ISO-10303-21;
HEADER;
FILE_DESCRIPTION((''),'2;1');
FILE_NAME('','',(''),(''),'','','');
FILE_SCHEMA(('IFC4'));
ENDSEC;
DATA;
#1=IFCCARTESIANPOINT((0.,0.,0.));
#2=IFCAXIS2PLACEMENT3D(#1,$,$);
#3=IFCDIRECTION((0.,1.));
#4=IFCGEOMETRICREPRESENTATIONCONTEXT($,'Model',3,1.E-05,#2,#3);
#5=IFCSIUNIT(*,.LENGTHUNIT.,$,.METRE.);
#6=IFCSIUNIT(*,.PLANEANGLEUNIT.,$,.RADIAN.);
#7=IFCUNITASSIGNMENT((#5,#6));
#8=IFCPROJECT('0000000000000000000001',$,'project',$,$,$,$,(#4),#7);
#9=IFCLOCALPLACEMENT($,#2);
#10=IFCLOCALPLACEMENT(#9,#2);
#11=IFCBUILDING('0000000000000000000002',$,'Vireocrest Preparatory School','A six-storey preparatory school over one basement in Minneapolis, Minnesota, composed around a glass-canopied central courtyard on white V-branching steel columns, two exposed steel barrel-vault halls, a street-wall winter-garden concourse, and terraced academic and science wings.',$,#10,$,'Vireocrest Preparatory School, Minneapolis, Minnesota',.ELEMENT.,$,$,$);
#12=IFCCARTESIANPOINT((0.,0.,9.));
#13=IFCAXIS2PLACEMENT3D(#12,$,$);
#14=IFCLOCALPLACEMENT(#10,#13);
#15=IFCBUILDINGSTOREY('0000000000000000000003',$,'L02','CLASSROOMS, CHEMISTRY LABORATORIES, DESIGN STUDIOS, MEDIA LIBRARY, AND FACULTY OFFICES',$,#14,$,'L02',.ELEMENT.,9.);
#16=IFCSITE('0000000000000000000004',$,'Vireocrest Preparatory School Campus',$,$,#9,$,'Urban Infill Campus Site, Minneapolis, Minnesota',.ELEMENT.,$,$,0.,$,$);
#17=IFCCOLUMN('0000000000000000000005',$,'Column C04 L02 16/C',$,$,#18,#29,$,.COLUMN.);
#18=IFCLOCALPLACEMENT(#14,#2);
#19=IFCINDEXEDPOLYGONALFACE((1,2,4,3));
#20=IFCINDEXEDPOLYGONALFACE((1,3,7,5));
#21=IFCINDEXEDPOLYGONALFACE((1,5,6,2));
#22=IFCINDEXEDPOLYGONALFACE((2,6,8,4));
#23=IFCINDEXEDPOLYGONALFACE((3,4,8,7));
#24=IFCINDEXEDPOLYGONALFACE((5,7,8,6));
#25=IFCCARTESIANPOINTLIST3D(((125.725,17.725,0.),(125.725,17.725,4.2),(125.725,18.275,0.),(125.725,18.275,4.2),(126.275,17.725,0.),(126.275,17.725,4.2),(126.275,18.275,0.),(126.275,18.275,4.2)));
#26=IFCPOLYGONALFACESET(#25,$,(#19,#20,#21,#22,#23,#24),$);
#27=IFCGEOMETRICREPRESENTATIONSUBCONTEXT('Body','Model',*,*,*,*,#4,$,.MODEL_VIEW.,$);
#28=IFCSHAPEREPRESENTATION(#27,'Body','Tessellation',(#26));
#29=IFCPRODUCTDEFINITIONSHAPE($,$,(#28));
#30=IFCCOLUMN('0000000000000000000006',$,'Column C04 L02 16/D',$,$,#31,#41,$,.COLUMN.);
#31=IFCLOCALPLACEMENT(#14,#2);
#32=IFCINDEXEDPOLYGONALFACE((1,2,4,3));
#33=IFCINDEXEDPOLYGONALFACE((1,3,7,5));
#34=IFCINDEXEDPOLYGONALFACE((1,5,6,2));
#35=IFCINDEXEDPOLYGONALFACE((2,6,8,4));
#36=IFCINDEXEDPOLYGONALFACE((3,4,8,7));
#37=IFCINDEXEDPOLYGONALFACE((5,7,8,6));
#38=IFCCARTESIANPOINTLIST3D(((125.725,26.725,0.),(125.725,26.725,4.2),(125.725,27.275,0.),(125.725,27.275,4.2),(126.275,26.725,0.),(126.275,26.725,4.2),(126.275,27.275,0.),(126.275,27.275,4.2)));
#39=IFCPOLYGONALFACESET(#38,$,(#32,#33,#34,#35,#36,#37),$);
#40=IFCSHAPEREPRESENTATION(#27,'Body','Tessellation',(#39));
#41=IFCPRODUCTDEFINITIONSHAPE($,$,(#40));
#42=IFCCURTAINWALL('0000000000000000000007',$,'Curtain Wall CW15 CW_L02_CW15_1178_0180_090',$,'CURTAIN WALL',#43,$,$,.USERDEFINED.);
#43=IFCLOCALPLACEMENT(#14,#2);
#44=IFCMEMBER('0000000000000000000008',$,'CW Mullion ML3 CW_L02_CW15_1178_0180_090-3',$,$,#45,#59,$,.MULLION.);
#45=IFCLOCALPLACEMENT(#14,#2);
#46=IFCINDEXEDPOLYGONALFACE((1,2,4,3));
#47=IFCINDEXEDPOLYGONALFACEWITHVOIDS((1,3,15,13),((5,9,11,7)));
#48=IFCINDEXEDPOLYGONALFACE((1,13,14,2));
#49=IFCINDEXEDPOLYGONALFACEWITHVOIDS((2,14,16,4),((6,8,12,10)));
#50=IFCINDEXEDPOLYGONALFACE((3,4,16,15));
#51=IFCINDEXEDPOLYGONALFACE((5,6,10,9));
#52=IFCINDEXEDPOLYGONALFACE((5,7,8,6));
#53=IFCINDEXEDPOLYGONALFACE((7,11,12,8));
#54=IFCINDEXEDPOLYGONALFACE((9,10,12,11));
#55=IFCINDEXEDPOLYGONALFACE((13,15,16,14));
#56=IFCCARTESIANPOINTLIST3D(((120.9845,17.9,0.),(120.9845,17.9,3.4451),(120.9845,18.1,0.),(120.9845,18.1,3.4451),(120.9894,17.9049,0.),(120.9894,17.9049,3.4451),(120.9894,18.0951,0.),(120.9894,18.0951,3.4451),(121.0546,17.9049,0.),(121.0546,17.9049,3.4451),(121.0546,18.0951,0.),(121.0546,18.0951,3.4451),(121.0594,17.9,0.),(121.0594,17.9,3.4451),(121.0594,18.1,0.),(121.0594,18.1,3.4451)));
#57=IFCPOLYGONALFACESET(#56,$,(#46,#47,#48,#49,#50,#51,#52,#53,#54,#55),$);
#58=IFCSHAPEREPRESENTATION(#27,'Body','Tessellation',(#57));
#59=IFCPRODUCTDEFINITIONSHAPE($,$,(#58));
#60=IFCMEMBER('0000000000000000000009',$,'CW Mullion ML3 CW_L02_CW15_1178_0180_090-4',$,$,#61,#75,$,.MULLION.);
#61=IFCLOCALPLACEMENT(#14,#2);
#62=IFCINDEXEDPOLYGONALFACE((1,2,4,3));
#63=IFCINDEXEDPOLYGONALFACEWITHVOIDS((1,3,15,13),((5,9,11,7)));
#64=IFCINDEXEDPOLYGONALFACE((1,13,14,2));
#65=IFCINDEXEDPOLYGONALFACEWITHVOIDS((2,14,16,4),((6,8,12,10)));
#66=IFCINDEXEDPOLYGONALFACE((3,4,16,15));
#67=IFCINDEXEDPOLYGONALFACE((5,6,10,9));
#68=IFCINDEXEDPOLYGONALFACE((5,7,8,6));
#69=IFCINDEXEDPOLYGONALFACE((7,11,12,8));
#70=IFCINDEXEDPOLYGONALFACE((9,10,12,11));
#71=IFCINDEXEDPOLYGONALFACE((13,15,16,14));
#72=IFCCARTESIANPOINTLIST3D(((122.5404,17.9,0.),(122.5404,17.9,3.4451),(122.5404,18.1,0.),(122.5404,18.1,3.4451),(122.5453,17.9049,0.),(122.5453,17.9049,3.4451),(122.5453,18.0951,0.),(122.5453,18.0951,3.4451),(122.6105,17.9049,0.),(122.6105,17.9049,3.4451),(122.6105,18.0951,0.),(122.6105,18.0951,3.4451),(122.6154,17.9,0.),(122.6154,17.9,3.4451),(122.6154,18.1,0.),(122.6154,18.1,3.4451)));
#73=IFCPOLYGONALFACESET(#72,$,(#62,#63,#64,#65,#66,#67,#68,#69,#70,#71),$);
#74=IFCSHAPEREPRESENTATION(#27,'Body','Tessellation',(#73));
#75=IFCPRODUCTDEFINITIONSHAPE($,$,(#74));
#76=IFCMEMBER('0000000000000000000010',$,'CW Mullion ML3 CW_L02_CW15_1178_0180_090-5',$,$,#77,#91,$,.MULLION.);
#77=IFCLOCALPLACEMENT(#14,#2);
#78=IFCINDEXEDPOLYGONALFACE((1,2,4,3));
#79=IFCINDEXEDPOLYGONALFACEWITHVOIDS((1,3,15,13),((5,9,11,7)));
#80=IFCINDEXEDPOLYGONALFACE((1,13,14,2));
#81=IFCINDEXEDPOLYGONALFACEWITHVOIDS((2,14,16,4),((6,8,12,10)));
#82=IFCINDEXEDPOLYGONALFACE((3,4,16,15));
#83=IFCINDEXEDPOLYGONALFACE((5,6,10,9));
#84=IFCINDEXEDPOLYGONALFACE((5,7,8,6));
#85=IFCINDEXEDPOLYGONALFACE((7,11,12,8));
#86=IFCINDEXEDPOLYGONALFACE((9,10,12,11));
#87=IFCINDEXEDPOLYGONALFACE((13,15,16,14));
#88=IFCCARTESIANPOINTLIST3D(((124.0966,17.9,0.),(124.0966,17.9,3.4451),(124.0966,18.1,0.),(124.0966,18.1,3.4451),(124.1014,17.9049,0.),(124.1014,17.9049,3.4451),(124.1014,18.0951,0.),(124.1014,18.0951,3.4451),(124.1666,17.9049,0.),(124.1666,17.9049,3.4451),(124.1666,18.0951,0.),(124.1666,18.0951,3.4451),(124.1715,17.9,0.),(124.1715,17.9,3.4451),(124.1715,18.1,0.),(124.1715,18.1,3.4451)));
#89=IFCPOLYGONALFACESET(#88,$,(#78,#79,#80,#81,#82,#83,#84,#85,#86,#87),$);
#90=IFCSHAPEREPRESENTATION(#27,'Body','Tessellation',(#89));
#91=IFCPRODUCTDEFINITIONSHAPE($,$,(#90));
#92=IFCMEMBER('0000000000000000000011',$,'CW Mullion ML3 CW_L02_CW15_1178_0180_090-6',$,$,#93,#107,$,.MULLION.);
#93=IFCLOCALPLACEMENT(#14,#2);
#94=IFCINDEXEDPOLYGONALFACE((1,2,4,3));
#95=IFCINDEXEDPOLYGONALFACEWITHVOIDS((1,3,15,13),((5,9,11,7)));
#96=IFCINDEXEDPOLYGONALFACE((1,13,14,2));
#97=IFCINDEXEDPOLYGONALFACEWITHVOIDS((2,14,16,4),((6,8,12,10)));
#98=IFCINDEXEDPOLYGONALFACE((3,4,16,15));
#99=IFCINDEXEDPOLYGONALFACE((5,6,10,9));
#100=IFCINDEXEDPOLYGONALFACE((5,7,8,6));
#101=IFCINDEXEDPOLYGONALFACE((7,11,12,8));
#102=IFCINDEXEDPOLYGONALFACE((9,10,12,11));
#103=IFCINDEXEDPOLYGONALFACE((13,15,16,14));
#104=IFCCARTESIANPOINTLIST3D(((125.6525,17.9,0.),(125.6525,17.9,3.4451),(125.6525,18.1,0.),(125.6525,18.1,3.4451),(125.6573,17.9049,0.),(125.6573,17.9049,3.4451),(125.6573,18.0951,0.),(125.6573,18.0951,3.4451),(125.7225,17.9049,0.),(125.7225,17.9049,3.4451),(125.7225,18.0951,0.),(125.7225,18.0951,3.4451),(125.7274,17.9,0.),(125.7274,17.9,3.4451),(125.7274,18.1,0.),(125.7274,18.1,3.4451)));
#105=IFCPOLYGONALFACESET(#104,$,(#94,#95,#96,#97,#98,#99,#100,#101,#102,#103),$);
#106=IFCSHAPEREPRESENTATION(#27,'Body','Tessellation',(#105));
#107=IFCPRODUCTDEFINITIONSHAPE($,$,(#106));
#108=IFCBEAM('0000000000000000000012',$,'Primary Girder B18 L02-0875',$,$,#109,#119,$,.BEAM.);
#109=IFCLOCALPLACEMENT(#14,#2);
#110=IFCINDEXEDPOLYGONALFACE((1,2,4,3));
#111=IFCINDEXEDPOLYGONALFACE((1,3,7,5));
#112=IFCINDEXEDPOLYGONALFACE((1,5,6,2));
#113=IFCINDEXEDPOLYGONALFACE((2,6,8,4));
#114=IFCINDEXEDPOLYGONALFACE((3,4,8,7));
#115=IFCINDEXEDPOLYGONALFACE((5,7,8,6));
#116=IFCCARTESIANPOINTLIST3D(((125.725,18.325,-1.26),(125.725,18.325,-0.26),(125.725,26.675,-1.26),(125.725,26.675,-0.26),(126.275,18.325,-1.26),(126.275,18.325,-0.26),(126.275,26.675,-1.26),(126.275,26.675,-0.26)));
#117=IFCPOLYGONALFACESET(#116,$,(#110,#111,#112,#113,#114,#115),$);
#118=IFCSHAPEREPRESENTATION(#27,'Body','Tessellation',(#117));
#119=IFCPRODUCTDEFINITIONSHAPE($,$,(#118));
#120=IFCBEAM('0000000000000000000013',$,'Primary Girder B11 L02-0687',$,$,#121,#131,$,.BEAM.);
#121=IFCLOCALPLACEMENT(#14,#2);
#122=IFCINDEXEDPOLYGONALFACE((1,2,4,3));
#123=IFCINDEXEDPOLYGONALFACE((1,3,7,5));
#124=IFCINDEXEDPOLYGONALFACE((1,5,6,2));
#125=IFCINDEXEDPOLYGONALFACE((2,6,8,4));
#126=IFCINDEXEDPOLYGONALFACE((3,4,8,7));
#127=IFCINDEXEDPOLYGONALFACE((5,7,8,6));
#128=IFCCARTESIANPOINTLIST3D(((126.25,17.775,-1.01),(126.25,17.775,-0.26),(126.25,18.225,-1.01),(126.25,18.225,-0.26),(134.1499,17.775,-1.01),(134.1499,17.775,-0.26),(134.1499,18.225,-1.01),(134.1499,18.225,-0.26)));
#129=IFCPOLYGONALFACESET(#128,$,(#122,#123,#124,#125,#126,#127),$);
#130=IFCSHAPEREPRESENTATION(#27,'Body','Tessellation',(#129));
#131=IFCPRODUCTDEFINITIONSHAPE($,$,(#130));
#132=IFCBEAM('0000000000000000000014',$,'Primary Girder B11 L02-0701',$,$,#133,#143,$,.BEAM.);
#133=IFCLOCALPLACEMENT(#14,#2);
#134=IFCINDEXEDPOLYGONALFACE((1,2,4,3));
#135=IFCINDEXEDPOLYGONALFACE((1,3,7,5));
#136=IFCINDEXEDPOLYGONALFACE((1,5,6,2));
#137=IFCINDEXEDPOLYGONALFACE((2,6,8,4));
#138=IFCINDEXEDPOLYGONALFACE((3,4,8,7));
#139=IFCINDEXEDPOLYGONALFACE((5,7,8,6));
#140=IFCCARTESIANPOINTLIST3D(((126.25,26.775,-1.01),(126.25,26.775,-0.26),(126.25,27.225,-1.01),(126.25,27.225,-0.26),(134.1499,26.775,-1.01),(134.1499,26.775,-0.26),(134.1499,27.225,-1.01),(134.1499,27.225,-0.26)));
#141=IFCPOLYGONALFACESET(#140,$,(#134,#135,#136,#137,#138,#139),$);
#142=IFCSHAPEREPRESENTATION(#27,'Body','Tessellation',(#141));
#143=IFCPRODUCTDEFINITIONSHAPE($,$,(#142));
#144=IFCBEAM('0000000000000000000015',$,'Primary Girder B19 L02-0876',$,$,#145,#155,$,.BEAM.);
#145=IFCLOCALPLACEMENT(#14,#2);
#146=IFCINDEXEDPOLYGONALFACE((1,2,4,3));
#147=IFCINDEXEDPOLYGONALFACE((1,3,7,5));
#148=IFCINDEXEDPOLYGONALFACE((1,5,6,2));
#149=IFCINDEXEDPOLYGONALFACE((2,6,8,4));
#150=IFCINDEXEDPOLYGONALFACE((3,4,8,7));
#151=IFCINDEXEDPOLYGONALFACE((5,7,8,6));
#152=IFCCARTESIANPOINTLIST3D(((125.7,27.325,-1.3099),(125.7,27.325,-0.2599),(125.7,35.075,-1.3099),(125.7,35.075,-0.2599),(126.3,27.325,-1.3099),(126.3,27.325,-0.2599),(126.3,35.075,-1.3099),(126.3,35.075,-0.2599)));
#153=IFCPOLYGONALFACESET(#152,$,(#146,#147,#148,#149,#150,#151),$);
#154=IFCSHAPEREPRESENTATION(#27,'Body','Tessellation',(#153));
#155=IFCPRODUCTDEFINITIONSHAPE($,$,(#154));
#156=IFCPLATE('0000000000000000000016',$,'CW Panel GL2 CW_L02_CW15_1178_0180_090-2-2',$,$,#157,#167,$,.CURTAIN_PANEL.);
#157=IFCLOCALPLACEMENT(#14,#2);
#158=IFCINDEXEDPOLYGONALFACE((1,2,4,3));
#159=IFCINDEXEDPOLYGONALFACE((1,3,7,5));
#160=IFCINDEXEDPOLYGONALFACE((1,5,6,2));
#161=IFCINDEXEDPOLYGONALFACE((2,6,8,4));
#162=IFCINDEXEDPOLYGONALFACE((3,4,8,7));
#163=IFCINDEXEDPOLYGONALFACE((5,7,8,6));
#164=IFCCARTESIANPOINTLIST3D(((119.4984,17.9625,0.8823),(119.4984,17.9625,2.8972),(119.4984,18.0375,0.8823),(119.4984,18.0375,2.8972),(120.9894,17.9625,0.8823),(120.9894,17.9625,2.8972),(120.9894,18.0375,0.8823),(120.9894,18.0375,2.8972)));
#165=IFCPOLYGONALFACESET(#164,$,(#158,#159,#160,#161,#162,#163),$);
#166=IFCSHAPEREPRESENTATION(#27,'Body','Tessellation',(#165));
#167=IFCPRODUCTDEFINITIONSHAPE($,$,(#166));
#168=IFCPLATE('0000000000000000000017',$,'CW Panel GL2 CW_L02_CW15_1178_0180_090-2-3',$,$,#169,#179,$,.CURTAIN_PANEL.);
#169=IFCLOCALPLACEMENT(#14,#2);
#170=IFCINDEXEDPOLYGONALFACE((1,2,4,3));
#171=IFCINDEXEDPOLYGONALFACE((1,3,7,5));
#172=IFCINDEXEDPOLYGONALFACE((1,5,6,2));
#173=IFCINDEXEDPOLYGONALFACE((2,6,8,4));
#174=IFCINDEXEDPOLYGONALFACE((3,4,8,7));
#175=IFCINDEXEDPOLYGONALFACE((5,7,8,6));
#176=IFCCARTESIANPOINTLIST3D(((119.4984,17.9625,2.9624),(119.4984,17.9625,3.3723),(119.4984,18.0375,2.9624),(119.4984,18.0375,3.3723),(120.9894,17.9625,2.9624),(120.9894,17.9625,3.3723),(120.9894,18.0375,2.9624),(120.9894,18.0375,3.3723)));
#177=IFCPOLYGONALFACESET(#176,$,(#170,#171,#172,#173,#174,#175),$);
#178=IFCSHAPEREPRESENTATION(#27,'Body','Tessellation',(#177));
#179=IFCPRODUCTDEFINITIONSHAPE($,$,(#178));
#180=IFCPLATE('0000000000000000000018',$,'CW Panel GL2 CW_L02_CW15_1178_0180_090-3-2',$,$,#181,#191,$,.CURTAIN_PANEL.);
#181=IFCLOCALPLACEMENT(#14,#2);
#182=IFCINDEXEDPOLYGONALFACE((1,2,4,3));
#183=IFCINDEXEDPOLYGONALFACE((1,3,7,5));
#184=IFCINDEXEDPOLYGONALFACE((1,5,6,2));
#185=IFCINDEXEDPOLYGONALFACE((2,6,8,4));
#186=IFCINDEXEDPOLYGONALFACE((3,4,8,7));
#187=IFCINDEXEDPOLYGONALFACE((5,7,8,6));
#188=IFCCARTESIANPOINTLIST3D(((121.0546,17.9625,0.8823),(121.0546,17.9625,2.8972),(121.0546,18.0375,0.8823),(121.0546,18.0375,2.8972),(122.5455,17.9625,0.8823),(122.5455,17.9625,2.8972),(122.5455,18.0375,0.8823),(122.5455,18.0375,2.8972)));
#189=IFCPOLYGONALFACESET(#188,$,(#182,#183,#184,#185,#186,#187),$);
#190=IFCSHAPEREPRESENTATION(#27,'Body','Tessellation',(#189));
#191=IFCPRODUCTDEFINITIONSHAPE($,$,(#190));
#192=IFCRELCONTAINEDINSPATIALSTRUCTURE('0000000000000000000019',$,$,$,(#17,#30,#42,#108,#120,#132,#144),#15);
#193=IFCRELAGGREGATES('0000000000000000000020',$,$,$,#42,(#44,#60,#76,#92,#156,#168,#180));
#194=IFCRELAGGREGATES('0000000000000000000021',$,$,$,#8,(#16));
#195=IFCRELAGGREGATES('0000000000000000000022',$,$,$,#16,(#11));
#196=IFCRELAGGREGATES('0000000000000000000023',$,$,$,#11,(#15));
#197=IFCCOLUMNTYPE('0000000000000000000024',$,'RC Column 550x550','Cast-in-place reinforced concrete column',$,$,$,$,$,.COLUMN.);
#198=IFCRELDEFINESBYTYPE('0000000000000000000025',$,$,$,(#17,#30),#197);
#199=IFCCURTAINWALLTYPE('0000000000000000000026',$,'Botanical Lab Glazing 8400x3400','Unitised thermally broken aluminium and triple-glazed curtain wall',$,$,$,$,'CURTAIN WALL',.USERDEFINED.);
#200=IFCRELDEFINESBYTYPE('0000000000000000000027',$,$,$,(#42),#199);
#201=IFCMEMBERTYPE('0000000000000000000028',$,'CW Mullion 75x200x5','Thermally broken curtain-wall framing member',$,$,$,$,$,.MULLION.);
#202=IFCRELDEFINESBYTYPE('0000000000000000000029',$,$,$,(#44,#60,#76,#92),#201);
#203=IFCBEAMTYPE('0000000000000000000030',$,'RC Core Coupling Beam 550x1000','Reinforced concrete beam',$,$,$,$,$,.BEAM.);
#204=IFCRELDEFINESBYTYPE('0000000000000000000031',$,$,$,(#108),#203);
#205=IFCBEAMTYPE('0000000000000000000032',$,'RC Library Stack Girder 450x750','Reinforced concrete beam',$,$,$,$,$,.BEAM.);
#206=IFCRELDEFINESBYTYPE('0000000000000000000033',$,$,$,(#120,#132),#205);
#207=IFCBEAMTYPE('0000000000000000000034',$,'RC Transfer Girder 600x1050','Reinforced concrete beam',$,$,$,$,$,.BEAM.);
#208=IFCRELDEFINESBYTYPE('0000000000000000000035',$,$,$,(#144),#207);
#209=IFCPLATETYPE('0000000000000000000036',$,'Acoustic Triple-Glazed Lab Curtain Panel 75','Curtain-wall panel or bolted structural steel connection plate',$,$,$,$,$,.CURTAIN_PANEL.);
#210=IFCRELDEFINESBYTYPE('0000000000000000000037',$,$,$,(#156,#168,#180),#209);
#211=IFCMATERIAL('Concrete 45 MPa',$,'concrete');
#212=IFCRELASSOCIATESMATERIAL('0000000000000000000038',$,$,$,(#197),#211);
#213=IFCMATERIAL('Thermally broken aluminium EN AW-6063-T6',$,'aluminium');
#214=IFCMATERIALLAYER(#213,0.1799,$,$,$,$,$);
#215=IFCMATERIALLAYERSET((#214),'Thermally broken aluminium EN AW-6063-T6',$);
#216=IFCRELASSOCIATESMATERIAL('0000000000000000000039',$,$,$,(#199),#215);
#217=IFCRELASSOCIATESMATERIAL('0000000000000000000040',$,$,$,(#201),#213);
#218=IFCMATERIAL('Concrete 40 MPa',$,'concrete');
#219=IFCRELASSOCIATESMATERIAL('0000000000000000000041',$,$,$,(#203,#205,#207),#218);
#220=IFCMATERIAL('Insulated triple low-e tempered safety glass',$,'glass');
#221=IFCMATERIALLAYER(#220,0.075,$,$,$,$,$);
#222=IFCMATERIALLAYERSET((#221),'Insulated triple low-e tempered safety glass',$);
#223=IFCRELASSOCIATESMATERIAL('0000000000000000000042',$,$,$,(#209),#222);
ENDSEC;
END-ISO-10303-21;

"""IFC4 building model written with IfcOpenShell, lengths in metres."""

from ifc_helpers import new_model, si_unit, direction, frame, origin, origin_2d, place, context, subcontext, project, spatial, rectangle, hollow_rectangle, extrude, material, layer, layer_set, material_profile, profile_set, type_object, element, aggregate, save


model = new_model("IFC4")

# Units and contexts
model_context = context("Model", 3, precision=1e-05, world=origin(), true_north=direction((0.0, 1.0)))
body_context = subcontext(model_context, "Body", "Model", "MODEL_VIEW")
ifc_project = project(units=[si_unit("LENGTHUNIT", "METRE"), si_unit("PLANEANGLEUNIT", "RADIAN")], contexts=[model_context])

# Site, building, storey
site_placement = place(None, origin())
site = spatial("IfcSite", under=ifc_project, at=site_placement, Name="Vireocrest Preparatory School Campus", LongName="Urban Infill Campus Site, Minneapolis, Minnesota", CompositionType="ELEMENT", RefElevation=0.0)
building_placement = place(site_placement, origin())
building = spatial("IfcBuilding", under=site, at=building_placement, Name="Vireocrest Preparatory School", Description="A six-storey preparatory school over one basement in Minneapolis, Minnesota, composed around a glass-canopied central courtyard on white V-branching steel columns, two exposed steel barrel-vault halls, a street-wall winter-garden concourse, and terraced academic and science wings.", LongName="Vireocrest Preparatory School, Minneapolis, Minnesota", CompositionType="ELEMENT")
storey_placement = place(building_placement, frame((0.0, 0.0, 9.0)))
storey = spatial("IfcBuildingStorey", under=building, at=storey_placement, Name="L02", Description="CLASSROOMS, CHEMISTRY LABORATORIES, DESIGN STUDIOS, MEDIA LIBRARY, AND FACULTY OFFICES", LongName="L02", CompositionType="ELEMENT", Elevation=9.0)

# Columns
ifc_material_1 = material(Name="Concrete 45 MPa", Category="concrete")
ifc_material_profile_1 = material_profile(ifc_material_1, rectangle(XDim=0.55, YDim=0.55, at=origin_2d()), Name="RC 550x550")
ifc_profile_set_1 = profile_set([ifc_material_profile_1], Name="Concrete 45 MPa")
column_type = type_object("IfcColumnType", Name="RC Column 550x550", Description="Cast-in-place reinforced concrete column", PredefinedType="COLUMN", material=ifc_profile_set_1)
for number, where, z_axis, x_axis, name in (
    (1, (126.0, 18.0, 0.0), (0.0, 0.0, 1.0), (1.0, 0.0, 0.0), "Column C04 L02 16/C"),
    (2, (126.0, 27.0, 0.0), (0.0, 0.0, 1.0), (1.0, 0.0, 0.0), "Column C04 L02 16/D"),
):
    element("IfcColumn", number, at=place(storey_placement, frame(where, z_axis=z_axis, x_axis=x_axis)), inside=storey, type_object=column_type, Name=name, PredefinedType="COLUMN", context=body_context, shape_type="SweptSolid", body=[
        extrude(rectangle(XDim=0.55, YDim=0.55, at=origin_2d()), origin(), (0.0, 0.0, 1.0), 4.2),
    ])

# Curtain wall, members
ifc_material_2 = material(Name="Thermally broken aluminium EN AW-6063-T6", Category="aluminium")
ifc_layer_1 = layer(ifc_material_2, 0.1799)
ifc_layer_set_1 = layer_set([ifc_layer_1], Name="Thermally broken aluminium EN AW-6063-T6")
curtain_wall_type = type_object("IfcCurtainWallType", Name="Botanical Lab Glazing 8400x3400", Description="Unitised thermally broken aluminium and triple-glazed curtain wall", ElementType="CURTAIN WALL", PredefinedType="USERDEFINED", material=ifc_layer_set_1)
curtain_wall_placement = place(storey_placement, origin())
curtain_wall = element("IfcCurtainWall", 3, at=curtain_wall_placement, inside=storey, type_object=curtain_wall_type, Name="Curtain Wall CW15 CW_L02_CW15_1178_0180_090", ObjectType="CURTAIN WALL", PredefinedType="USERDEFINED")
ifc_material_profile_2 = material_profile(ifc_material_2, hollow_rectangle(XDim=0.075, YDim=0.2, WallThickness=0.0049, at=origin_2d()), Name="ALU 75x200x5")
ifc_profile_set_2 = profile_set([ifc_material_profile_2], Name="Thermally broken aluminium EN AW-6063-T6")
member_type = type_object("IfcMemberType", Name="CW Mullion 75x200x5", Description="Thermally broken curtain-wall framing member", PredefinedType="MULLION", material=ifc_profile_set_2)
member_1_placement = place(storey_placement, frame((121.022, 18.0, 0.0), z_axis=(0.0, 0.0, 1.0), x_axis=(1.0, 0.0, 0.0)))
member_1 = element("IfcMember", 4, at=member_1_placement, type_object=member_type, Name="CW Mullion ML3 CW_L02_CW15_1178_0180_090-3", PredefinedType="MULLION", context=body_context, shape_type="SweptSolid", body=[
    extrude(hollow_rectangle(XDim=0.075, YDim=0.2, WallThickness=0.0049, at=origin_2d()), origin(), (0.0, 0.0, 1.0), 3.4451),
])
member_2_placement = place(storey_placement, frame((122.5779, 18.0, 0.0), z_axis=(0.0, 0.0, 1.0), x_axis=(1.0, 0.0, 0.0)))
member_2 = element("IfcMember", 5, at=member_2_placement, type_object=member_type, Name="CW Mullion ML3 CW_L02_CW15_1178_0180_090-4", PredefinedType="MULLION", context=body_context, shape_type="SweptSolid", body=[
    extrude(hollow_rectangle(XDim=0.075, YDim=0.2, WallThickness=0.0049, at=origin_2d()), origin(), (0.0, 0.0, 1.0), 3.4451),
])
member_3_placement = place(storey_placement, frame((124.134, 18.0, 0.0), z_axis=(0.0, 0.0, 1.0), x_axis=(1.0, 0.0, 0.0)))
member_3 = element("IfcMember", 6, at=member_3_placement, type_object=member_type, Name="CW Mullion ML3 CW_L02_CW15_1178_0180_090-5", PredefinedType="MULLION", context=body_context, shape_type="SweptSolid", body=[
    extrude(hollow_rectangle(XDim=0.075, YDim=0.2, WallThickness=0.0049, at=origin_2d()), origin(), (0.0, 0.0, 1.0), 3.4451),
])
member_4_placement = place(storey_placement, frame((125.6899, 18.0, 0.0), z_axis=(0.0, 0.0, 1.0), x_axis=(1.0, 0.0, 0.0)))
member_4 = element("IfcMember", 7, at=member_4_placement, type_object=member_type, Name="CW Mullion ML3 CW_L02_CW15_1178_0180_090-6", PredefinedType="MULLION", context=body_context, shape_type="SweptSolid", body=[
    extrude(hollow_rectangle(XDim=0.075, YDim=0.2, WallThickness=0.0049, at=origin_2d()), origin(), (0.0, 0.0, 1.0), 3.4451),
])

# Beams
ifc_material_3 = material(Name="Concrete 40 MPa", Category="concrete")
ifc_material_profile_3 = material_profile(ifc_material_3, rectangle(XDim=0.55, YDim=1.0, at=origin_2d()), Name="RC 550x1000")
ifc_profile_set_3 = profile_set([ifc_material_profile_3], Name="Concrete 40 MPa")
beam_type_1 = type_object("IfcBeamType", Name="RC Core Coupling Beam 550x1000", Description="Reinforced concrete beam", PredefinedType="BEAM", material=ifc_profile_set_3)
beam_1_placement = place(storey_placement, frame((126.0, 18.325, -0.76), z_axis=(0.0, 1.0, 0.0), x_axis=(-1.0, 0.0, 0.0)))
element("IfcBeam", 8, at=beam_1_placement, inside=storey, type_object=beam_type_1, Name="Primary Girder B18 L02-0875", PredefinedType="BEAM", context=body_context, shape_type="SweptSolid", body=[
    extrude(rectangle(XDim=0.55, YDim=1.0, at=origin_2d()), origin(), (0.0, 0.0, 1.0), 8.3501),
])
ifc_material_profile_4 = material_profile(ifc_material_3, rectangle(XDim=0.45, YDim=0.75, at=origin_2d()), Name="RC 450x750")
ifc_profile_set_4 = profile_set([ifc_material_profile_4], Name="Concrete 40 MPa")
beam_type_2 = type_object("IfcBeamType", Name="RC Library Stack Girder 450x750", Description="Reinforced concrete beam", PredefinedType="BEAM", material=ifc_profile_set_4)
for number, where, z_axis, x_axis, name in (
    (9, (126.25, 18.0, -0.635), (1.0, 0.0, 0.0), (0.0, 1.0, 0.0), "Primary Girder B11 L02-0687"),
    (10, (126.25, 27.0, -0.635), (1.0, 0.0, 0.0), (0.0, 1.0, 0.0), "Primary Girder B11 L02-0701"),
):
    element("IfcBeam", number, at=place(storey_placement, frame(where, z_axis=z_axis, x_axis=x_axis)), inside=storey, type_object=beam_type_2, Name=name, PredefinedType="BEAM", context=body_context, shape_type="SweptSolid", body=[
        extrude(rectangle(XDim=0.45, YDim=0.75, at=origin_2d()), origin(), (0.0, 0.0, 1.0), 7.8999),
    ])
ifc_material_profile_5 = material_profile(ifc_material_3, rectangle(XDim=0.6001, YDim=1.05, at=origin_2d()), Name="RC 600x1050")
ifc_profile_set_5 = profile_set([ifc_material_profile_5], Name="Concrete 40 MPa")
beam_type_3 = type_object("IfcBeamType", Name="RC Transfer Girder 600x1050", Description="Reinforced concrete beam", PredefinedType="BEAM", material=ifc_profile_set_5)
beam_2_placement = place(storey_placement, frame((126.0, 27.325, -0.7849), z_axis=(0.0, 1.0, 0.0), x_axis=(-1.0, 0.0, 0.0)))
element("IfcBeam", 11, at=beam_2_placement, inside=storey, type_object=beam_type_3, Name="Primary Girder B19 L02-0876", PredefinedType="BEAM", context=body_context, shape_type="SweptSolid", body=[
    extrude(rectangle(XDim=0.6001, YDim=1.05, at=origin_2d()), origin(), (0.0, 0.0, 1.0), 7.75),
])

# Plates
ifc_material_4 = material(Name="Insulated triple low-e tempered safety glass", Category="glass")
ifc_layer_2 = layer(ifc_material_4, 0.075)
ifc_layer_set_2 = layer_set([ifc_layer_2], Name="Insulated triple low-e tempered safety glass")
plate_type_1 = type_object("IfcPlateType", Name="Acoustic Triple-Glazed Lab Curtain Panel 75", Description="Curtain-wall panel or bolted structural steel connection plate", PredefinedType="CURTAIN_PANEL", material=ifc_layer_set_2)
plate_1_placement = place(storey_placement, frame((120.2439, 18.0, 0.8823), z_axis=(0.0, 0.0, 1.0), x_axis=(1.0, 0.0, 0.0)))
plate_1 = element("IfcPlate", 12, at=plate_1_placement, type_object=plate_type_1, Name="CW Panel GL2 CW_L02_CW15_1178_0180_090-2-2", PredefinedType="CURTAIN_PANEL", context=body_context, shape_type="SweptSolid", body=[
    extrude(rectangle(XDim=1.491, YDim=0.075, at=origin_2d()), origin(), (0.0, 0.0, 1.0), 2.0149),
])
plate_2_placement = place(storey_placement, frame((120.2439, 18.0, 2.9624), z_axis=(0.0, 0.0, 1.0), x_axis=(1.0, 0.0, 0.0)))
plate_2 = element("IfcPlate", 13, at=plate_2_placement, type_object=plate_type_1, Name="CW Panel GL2 CW_L02_CW15_1178_0180_090-2-3", PredefinedType="CURTAIN_PANEL", context=body_context, shape_type="SweptSolid", body=[
    extrude(rectangle(XDim=1.491, YDim=0.075, at=origin_2d()), origin(), (0.0, 0.0, 1.0), 0.4099),
])
plate_3_placement = place(storey_placement, frame((121.8, 18.0, 0.8823), z_axis=(0.0, 0.0, 1.0), x_axis=(1.0, 0.0, 0.0)))
plate_3 = element("IfcPlate", 14, at=plate_3_placement, type_object=plate_type_1, Name="CW Panel GL2 CW_L02_CW15_1178_0180_090-3-2", PredefinedType="CURTAIN_PANEL", context=body_context, shape_type="SweptSolid", body=[
    extrude(rectangle(XDim=1.491, YDim=0.075, at=origin_2d()), origin(), (0.0, 0.0, 1.0), 2.0149),
])
aggregate(curtain_wall, [member_1, member_2, member_3, member_4, plate_1, plate_2, plate_3])

save(model, "model.ifc")
